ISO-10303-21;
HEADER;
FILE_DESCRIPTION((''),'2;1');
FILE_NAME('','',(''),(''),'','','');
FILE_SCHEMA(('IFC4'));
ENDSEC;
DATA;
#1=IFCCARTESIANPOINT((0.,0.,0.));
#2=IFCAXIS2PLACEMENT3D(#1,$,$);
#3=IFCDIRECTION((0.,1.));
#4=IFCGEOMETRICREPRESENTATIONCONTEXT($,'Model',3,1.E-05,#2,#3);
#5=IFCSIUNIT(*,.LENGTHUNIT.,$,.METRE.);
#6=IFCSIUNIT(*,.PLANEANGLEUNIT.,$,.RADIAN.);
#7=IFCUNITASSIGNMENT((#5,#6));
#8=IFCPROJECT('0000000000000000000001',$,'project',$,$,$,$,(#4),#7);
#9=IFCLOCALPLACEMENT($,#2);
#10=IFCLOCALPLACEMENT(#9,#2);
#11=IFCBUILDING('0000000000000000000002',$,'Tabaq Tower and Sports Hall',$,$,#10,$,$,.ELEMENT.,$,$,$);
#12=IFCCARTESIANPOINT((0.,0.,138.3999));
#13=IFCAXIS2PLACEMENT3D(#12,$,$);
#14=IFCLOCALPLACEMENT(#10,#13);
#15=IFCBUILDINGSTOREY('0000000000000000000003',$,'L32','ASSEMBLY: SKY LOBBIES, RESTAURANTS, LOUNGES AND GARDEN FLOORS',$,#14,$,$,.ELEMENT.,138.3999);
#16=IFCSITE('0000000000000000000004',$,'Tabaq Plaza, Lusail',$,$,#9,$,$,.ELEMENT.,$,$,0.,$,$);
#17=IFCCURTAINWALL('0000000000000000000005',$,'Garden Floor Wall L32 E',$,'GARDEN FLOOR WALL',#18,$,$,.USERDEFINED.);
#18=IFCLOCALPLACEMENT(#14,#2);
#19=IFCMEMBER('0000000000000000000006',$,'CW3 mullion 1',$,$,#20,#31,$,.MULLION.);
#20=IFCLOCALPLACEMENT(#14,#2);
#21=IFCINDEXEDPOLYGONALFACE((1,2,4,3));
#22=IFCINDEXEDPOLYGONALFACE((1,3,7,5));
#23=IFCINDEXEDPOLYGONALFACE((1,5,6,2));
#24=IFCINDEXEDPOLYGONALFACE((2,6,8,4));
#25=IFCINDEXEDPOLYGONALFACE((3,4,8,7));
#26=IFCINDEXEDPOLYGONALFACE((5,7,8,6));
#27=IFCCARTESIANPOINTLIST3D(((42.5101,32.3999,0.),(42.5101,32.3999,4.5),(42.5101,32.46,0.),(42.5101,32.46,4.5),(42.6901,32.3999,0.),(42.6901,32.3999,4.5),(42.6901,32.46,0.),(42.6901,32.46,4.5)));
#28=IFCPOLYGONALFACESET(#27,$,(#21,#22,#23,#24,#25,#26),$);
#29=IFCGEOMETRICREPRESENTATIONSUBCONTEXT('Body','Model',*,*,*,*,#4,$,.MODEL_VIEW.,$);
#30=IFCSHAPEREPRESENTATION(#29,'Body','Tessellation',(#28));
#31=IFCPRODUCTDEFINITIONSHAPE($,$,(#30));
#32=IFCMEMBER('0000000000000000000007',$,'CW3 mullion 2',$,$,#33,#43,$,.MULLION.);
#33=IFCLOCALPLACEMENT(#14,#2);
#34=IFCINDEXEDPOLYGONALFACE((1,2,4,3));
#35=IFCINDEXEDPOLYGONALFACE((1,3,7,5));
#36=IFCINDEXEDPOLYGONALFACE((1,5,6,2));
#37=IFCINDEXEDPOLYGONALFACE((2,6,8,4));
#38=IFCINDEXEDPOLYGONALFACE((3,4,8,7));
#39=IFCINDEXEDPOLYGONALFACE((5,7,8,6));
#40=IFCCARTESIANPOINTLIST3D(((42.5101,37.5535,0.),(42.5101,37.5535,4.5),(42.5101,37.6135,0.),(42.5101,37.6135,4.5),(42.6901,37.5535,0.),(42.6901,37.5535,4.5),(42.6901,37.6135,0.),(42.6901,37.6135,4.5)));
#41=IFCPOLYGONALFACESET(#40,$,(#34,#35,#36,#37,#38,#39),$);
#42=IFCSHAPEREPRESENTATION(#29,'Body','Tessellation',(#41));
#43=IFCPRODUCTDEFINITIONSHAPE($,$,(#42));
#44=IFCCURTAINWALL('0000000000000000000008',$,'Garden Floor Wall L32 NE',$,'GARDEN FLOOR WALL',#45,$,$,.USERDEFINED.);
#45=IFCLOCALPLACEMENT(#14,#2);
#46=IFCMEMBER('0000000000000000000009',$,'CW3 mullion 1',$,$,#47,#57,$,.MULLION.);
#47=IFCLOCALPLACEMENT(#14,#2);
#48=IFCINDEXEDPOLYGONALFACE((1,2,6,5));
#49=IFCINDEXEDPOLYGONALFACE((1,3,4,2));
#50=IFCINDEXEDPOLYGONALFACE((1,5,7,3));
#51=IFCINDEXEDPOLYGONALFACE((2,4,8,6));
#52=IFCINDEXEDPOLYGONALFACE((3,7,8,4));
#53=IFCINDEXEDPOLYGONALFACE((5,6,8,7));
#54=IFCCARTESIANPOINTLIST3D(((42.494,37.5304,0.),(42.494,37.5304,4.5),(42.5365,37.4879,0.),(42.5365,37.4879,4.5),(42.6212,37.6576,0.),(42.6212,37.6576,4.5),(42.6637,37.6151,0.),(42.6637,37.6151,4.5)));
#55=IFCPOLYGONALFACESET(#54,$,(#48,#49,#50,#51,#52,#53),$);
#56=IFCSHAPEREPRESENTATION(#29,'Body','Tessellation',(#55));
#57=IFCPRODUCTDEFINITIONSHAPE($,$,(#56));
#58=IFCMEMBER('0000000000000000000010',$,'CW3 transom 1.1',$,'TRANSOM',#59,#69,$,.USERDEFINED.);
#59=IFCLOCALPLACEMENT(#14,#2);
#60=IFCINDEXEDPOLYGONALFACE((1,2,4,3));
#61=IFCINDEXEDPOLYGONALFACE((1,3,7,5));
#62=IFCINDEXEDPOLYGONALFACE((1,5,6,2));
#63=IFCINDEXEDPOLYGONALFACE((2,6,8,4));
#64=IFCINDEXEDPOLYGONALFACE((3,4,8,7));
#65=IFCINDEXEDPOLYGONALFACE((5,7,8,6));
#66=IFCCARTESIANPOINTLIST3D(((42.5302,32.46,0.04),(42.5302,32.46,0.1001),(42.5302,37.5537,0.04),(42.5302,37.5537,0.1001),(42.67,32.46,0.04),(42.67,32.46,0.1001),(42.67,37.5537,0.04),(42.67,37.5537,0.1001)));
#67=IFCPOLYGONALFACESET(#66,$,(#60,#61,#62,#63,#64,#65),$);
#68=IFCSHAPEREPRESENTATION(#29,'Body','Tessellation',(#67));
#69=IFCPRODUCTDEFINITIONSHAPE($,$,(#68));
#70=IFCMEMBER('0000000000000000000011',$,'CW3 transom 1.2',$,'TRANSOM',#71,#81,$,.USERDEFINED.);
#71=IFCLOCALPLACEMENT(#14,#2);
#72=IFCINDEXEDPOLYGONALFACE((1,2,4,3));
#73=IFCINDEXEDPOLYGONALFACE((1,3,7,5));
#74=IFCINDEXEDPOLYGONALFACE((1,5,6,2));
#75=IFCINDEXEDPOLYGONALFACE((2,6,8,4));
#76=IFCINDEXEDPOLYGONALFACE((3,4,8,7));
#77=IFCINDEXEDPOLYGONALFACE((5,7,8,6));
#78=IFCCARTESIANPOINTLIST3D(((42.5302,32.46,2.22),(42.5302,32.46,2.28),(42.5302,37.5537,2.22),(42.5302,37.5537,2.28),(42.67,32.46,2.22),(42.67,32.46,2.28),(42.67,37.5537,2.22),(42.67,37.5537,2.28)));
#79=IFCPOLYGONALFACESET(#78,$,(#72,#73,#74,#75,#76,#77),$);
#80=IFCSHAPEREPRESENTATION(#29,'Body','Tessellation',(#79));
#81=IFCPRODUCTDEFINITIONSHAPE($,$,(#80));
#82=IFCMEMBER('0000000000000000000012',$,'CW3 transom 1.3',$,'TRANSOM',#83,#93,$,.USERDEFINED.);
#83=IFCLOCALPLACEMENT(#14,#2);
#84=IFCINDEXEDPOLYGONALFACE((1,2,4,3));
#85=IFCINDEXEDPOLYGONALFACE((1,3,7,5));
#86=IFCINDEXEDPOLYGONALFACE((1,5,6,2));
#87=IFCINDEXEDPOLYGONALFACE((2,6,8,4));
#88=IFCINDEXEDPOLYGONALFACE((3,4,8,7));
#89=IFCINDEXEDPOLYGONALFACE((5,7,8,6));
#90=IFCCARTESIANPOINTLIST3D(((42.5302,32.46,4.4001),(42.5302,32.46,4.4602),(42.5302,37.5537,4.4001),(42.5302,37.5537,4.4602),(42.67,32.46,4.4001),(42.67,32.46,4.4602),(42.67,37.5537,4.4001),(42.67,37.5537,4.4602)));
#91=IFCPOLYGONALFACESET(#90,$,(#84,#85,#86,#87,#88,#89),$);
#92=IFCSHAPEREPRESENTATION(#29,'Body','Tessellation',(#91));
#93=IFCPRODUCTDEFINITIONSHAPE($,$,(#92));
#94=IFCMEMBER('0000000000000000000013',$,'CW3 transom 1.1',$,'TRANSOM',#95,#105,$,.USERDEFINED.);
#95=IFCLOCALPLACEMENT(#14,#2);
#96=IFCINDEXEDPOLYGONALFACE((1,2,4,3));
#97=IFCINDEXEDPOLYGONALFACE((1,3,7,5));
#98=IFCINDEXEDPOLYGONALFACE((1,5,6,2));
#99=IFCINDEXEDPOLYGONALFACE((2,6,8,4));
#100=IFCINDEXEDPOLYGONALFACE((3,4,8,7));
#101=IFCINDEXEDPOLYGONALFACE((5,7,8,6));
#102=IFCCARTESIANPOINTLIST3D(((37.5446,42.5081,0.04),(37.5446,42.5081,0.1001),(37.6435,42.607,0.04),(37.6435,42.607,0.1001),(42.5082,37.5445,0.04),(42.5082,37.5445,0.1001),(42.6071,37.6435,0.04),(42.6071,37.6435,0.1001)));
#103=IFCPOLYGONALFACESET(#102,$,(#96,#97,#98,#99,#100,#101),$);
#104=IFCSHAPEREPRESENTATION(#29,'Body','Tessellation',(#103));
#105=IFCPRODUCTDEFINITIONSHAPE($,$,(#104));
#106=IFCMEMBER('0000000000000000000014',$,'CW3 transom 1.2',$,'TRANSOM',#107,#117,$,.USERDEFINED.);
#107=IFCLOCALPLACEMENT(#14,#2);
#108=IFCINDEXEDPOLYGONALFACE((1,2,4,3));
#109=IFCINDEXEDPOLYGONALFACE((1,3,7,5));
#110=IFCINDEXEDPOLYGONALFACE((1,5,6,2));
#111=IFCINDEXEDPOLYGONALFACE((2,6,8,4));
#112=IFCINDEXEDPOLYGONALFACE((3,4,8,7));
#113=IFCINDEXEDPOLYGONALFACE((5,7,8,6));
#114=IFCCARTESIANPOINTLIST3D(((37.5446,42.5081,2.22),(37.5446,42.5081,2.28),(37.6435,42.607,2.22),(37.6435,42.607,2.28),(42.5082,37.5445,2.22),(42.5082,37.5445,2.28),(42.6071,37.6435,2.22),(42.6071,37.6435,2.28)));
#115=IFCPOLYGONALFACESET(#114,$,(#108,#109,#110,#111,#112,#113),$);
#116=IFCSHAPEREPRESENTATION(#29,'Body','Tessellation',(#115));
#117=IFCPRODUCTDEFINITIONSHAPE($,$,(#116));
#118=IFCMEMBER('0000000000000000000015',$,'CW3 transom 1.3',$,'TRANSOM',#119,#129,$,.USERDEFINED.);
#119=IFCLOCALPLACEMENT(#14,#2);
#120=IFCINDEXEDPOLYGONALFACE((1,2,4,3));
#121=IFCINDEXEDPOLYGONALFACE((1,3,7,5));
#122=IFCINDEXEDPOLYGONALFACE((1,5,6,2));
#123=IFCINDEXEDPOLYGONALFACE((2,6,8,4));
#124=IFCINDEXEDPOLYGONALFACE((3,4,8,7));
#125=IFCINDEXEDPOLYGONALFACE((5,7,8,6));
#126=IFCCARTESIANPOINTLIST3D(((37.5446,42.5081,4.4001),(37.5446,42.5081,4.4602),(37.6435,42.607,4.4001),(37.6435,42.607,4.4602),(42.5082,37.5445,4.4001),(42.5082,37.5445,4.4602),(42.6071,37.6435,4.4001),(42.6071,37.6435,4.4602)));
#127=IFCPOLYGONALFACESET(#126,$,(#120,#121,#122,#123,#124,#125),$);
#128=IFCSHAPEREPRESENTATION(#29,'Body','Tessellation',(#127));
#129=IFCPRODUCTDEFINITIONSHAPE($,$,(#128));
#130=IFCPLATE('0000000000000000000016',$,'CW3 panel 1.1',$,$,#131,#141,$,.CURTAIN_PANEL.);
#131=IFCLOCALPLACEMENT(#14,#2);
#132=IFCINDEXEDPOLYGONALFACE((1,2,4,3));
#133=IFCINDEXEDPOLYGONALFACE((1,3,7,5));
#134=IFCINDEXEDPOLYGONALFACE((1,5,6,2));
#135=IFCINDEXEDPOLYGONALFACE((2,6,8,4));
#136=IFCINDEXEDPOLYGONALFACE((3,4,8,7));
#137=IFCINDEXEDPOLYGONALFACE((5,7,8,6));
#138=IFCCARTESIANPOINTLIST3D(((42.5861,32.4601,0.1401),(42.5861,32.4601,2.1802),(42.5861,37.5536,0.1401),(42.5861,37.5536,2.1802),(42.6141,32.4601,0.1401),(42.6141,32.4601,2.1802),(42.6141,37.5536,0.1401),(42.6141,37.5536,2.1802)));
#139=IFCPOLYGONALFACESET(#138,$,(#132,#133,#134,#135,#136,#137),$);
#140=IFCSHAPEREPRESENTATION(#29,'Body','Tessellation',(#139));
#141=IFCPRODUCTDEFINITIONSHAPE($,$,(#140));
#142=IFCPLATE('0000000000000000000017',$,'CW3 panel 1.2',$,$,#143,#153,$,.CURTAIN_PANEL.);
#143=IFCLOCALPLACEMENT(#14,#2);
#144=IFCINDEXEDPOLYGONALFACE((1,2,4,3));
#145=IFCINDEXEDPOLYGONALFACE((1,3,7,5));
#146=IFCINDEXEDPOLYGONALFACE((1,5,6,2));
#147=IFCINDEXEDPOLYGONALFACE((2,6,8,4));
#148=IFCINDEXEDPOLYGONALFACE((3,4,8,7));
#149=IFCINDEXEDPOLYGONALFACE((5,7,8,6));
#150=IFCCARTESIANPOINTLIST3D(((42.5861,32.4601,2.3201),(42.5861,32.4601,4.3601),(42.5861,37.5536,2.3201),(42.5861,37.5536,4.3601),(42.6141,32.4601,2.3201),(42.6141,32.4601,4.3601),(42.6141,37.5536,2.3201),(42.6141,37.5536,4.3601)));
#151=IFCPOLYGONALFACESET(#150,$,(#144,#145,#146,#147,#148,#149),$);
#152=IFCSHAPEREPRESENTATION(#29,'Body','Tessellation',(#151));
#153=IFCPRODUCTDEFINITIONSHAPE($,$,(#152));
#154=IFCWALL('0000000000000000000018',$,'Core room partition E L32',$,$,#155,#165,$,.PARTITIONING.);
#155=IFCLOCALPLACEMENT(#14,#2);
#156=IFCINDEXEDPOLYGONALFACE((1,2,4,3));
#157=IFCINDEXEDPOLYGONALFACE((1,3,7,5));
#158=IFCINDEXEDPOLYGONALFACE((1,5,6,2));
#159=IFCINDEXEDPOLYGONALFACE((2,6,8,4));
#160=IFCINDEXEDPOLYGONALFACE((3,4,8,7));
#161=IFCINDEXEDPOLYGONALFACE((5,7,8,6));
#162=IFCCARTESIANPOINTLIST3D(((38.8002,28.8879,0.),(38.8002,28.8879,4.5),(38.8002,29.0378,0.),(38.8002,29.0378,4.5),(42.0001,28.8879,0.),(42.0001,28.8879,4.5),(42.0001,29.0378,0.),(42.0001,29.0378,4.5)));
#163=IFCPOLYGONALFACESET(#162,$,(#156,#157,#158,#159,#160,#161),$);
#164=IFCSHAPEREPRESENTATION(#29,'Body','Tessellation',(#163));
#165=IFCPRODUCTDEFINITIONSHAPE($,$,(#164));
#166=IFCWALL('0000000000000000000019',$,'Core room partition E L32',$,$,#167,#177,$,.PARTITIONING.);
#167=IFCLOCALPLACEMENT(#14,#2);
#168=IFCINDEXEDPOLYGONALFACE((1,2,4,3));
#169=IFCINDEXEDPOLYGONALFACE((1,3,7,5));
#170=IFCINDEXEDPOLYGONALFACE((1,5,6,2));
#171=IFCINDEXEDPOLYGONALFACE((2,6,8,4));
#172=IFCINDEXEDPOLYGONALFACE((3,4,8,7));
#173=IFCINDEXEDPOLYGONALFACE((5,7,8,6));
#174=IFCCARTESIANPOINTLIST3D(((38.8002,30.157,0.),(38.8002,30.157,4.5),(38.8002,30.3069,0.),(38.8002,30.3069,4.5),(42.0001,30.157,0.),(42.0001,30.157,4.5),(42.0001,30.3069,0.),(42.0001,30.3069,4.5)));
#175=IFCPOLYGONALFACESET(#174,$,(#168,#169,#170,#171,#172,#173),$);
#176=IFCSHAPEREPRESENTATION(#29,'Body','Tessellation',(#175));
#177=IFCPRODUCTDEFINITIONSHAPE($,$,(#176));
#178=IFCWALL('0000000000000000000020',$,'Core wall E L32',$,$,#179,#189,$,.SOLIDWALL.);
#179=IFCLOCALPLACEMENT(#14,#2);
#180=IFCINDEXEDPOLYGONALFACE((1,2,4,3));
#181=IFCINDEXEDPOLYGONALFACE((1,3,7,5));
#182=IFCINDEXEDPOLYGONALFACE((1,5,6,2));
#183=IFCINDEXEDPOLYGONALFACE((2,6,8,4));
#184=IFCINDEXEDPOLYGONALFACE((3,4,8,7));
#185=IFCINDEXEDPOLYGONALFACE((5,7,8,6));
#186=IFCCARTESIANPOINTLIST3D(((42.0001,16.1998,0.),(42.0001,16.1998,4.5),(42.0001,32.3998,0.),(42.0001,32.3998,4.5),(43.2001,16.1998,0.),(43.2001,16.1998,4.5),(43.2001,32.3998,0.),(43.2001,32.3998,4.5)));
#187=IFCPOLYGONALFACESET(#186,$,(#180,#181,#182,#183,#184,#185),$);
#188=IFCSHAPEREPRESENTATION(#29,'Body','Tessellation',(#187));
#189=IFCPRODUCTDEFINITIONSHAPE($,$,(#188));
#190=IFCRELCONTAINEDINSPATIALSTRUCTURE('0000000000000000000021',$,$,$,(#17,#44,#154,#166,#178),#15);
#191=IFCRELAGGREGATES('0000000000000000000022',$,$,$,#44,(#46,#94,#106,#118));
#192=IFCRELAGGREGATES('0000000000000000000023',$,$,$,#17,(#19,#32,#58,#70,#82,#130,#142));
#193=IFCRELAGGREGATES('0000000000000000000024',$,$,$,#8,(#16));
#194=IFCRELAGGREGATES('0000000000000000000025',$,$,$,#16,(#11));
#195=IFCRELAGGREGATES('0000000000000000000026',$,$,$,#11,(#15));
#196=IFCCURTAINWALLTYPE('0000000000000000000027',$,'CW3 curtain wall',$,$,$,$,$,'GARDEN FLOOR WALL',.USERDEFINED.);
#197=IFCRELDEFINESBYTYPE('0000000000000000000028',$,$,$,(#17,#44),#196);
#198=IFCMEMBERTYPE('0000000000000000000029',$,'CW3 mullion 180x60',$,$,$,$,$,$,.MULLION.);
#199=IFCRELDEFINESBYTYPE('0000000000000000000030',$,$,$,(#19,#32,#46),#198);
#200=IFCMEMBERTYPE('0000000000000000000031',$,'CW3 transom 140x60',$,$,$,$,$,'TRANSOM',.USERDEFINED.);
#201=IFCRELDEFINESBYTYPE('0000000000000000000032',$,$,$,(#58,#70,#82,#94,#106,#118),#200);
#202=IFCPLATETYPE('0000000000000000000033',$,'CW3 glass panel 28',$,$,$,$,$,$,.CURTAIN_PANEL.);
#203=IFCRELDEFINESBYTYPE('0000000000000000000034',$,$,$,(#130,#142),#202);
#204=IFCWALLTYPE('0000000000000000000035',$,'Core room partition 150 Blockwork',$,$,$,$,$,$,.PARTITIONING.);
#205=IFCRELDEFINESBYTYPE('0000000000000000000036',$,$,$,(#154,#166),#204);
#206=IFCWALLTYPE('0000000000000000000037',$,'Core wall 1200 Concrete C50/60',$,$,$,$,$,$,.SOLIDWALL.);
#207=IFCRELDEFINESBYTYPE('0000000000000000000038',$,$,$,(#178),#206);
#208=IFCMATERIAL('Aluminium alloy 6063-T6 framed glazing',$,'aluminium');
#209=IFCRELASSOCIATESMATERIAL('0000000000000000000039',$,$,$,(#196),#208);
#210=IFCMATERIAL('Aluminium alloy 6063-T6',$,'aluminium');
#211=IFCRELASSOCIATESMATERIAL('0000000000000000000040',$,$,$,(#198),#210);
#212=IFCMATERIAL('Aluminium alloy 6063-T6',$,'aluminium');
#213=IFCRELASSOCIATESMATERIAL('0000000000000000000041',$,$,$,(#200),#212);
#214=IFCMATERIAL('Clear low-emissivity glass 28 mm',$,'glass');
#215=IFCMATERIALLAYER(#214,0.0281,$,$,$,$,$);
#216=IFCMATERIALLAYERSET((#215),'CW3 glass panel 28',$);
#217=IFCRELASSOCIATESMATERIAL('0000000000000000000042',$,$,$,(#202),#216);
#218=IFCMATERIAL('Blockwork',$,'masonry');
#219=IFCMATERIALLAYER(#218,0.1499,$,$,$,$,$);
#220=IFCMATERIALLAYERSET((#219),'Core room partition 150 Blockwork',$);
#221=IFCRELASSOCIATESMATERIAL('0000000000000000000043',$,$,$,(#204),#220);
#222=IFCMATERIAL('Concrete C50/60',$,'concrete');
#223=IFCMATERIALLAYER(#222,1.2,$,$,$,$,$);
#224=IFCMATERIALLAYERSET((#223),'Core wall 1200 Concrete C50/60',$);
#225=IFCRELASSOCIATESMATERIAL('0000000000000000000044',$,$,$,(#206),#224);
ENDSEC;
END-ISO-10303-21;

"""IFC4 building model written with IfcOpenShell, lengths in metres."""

from ifc_helpers import new_model, si_unit, direction, frame, frame_2d, origin, origin_2d, place, context, subcontext, project, spatial, rectangle, extrude, material, layer, layer_set, material_profile, profile_set, type_object, element, aggregate, save


model = new_model("IFC4")

# Units and contexts
model_context = context("Model", 3, precision=1e-05, world=origin(), true_north=direction((0.0, 1.0)))
body_context = subcontext(model_context, "Body", "Model", "MODEL_VIEW")
ifc_project = project(units=[si_unit("LENGTHUNIT", "METRE"), si_unit("PLANEANGLEUNIT", "RADIAN")], contexts=[model_context])

# Site, building, storey
site_placement = place(None, origin())
site = spatial("IfcSite", under=ifc_project, at=site_placement, Name="Tabaq Plaza, Lusail", CompositionType="ELEMENT", RefElevation=0.0)
building_placement = place(site_placement, origin())
building = spatial("IfcBuilding", under=site, at=building_placement, Name="Tabaq Tower and Sports Hall", CompositionType="ELEMENT")
storey_placement = place(building_placement, frame((0.0, 0.0, 138.3999)))
storey = spatial("IfcBuildingStorey", under=building, at=storey_placement, Name="L32", Description="ASSEMBLY: SKY LOBBIES, RESTAURANTS, LOUNGES AND GARDEN FLOORS", CompositionType="ELEMENT", Elevation=138.3999)

# Curtain wall, members
ifc_material_1 = material(Name="Aluminium alloy 6063-T6 framed glazing", Category="aluminium")
curtain_wall_type = type_object("IfcCurtainWallType", Name="CW3 curtain wall", ElementType="GARDEN FLOOR WALL", PredefinedType="USERDEFINED", material=ifc_material_1)
curtain_wall_1_placement = place(storey_placement, origin())
curtain_wall_1 = element("IfcCurtainWall", 1, at=curtain_wall_1_placement, inside=storey, type_object=curtain_wall_type, Name="Garden Floor Wall L32 E", ObjectType="GARDEN FLOOR WALL", PredefinedType="USERDEFINED")
ifc_material_2 = material(Name="Aluminium alloy 6063-T6", Category="aluminium")
ifc_material_profile_1 = material_profile(ifc_material_2, rectangle(XDim=0.1799, YDim=0.0601, at=origin_2d()), Name="MULLION 180x60")
ifc_profile_set_1 = profile_set([ifc_material_profile_1], Name="Aluminium alloy 6063-T6")
member_type_1 = type_object("IfcMemberType", Name="CW3 mullion 180x60", PredefinedType="MULLION", material=ifc_profile_set_1)
member_1_placement = place(storey_placement, frame((42.6001, 32.4299, 0.0), z_axis=(0.0, 0.0, 1.0), x_axis=(-1.0, 0.0, 0.0)))
member_1 = element("IfcMember", 2, at=member_1_placement, type_object=member_type_1, Name="CW3 mullion 1", PredefinedType="MULLION", context=body_context, shape_type="SweptSolid", body=[
    extrude(rectangle(XDim=0.1799, YDim=0.0601, at=origin_2d()), origin(), (0.0, 0.0, 1.0), 4.5),
])
member_2_placement = place(storey_placement, frame((42.6001, 37.5835, 0.0), z_axis=(0.0, 0.0, 1.0), x_axis=(-1.0, 0.0, 0.0)))
member_2 = element("IfcMember", 3, at=member_2_placement, type_object=member_type_1, Name="CW3 mullion 2", PredefinedType="MULLION", context=body_context, shape_type="SweptSolid", body=[
    extrude(rectangle(XDim=0.1799, YDim=0.0601, at=origin_2d()), origin(), (0.0, 0.0, 1.0), 4.5),
])

# Curtain wall, member
curtain_wall_2_placement = place(storey_placement, origin())
curtain_wall_2 = element("IfcCurtainWall", 4, at=curtain_wall_2_placement, inside=storey, type_object=curtain_wall_type, Name="Garden Floor Wall L32 NE", ObjectType="GARDEN FLOOR WALL", PredefinedType="USERDEFINED")
member_3_placement = place(storey_placement, frame((42.5789, 37.5728, 0.0), z_axis=(0.0, 0.0, 1.0), x_axis=(-0.707107, -0.707107, 0.0)))
member_3 = element("IfcMember", 5, at=member_3_placement, type_object=member_type_1, Name="CW3 mullion 1", PredefinedType="MULLION", context=body_context, shape_type="SweptSolid", body=[
    extrude(rectangle(XDim=0.1799, YDim=0.0601, at=origin_2d()), origin(), (0.0, 0.0, 1.0), 4.5),
])

# Members
ifc_material_3 = material(Name="Aluminium alloy 6063-T6", Category="aluminium")
ifc_material_profile_2 = material_profile(ifc_material_3, rectangle(XDim=0.1399, YDim=0.0601, at=origin_2d()), Name="TRANSOM 140x60")
ifc_profile_set_2 = profile_set([ifc_material_profile_2], Name="Aluminium alloy 6063-T6")
member_type_2 = type_object("IfcMemberType", Name="CW3 transom 140x60", ElementType="TRANSOM", PredefinedType="USERDEFINED", material=ifc_profile_set_2)
member_4_placement = place(storey_placement, frame((42.6001, 32.46, 0.0701), z_axis=(0.0, 1.0, 0.0), x_axis=(-1.0, 0.0, 0.0)))
member_4 = element("IfcMember", 6, at=member_4_placement, type_object=member_type_2, Name="CW3 transom 1.1", ObjectType="TRANSOM", PredefinedType="USERDEFINED", context=body_context, shape_type="SweptSolid", body=[
    extrude(rectangle(XDim=0.1399, YDim=0.0601, at=origin_2d()), origin(), (0.0, 0.0, 1.0), 5.0938),
])
member_5_placement = place(storey_placement, frame((42.6001, 32.46, 2.25), z_axis=(0.0, 1.0, 0.0), x_axis=(-1.0, 0.0, 0.0)))
member_5 = element("IfcMember", 7, at=member_5_placement, type_object=member_type_2, Name="CW3 transom 1.2", ObjectType="TRANSOM", PredefinedType="USERDEFINED", context=body_context, shape_type="SweptSolid", body=[
    extrude(rectangle(XDim=0.1399, YDim=0.0601, at=origin_2d()), origin(), (0.0, 0.0, 1.0), 5.0938),
])
member_6_placement = place(storey_placement, frame((42.6001, 32.46, 4.4302), z_axis=(0.0, 1.0, 0.0), x_axis=(-1.0, 0.0, 0.0)))
member_6 = element("IfcMember", 8, at=member_6_placement, type_object=member_type_2, Name="CW3 transom 1.3", ObjectType="TRANSOM", PredefinedType="USERDEFINED", context=body_context, shape_type="SweptSolid", body=[
    extrude(rectangle(XDim=0.1399, YDim=0.0601, at=origin_2d()), origin(), (0.0, 0.0, 1.0), 5.0938),
])
member_7_placement = place(storey_placement, frame((42.5576, 37.594, 0.0701), z_axis=(-0.707107, 0.707107, 0.0), x_axis=(-0.707107, -0.707107, 0.0)))
member_7 = element("IfcMember", 9, at=member_7_placement, type_object=member_type_2, Name="CW3 transom 1.1", ObjectType="TRANSOM", PredefinedType="USERDEFINED", context=body_context, shape_type="SweptSolid", body=[
    extrude(rectangle(XDim=0.1399, YDim=0.0601, at=origin_2d()), origin(), (0.0, 0.0, 1.0), 7.0195),
])
member_8_placement = place(storey_placement, frame((42.5576, 37.594, 2.25), z_axis=(-0.707107, 0.707107, 0.0), x_axis=(-0.707107, -0.707107, 0.0)))
member_8 = element("IfcMember", 10, at=member_8_placement, type_object=member_type_2, Name="CW3 transom 1.2", ObjectType="TRANSOM", PredefinedType="USERDEFINED", context=body_context, shape_type="SweptSolid", body=[
    extrude(rectangle(XDim=0.1399, YDim=0.0601, at=origin_2d()), origin(), (0.0, 0.0, 1.0), 7.0195),
])
member_9_placement = place(storey_placement, frame((42.5576, 37.594, 4.4302), z_axis=(-0.707107, 0.707107, 0.0), x_axis=(-0.707107, -0.707107, 0.0)))
member_9 = element("IfcMember", 11, at=member_9_placement, type_object=member_type_2, Name="CW3 transom 1.3", ObjectType="TRANSOM", PredefinedType="USERDEFINED", context=body_context, shape_type="SweptSolid", body=[
    extrude(rectangle(XDim=0.1399, YDim=0.0601, at=origin_2d()), origin(), (0.0, 0.0, 1.0), 7.0195),
])
aggregate(curtain_wall_2, [member_3, member_7, member_8, member_9])

# Plates
ifc_material_4 = material(Name="Clear low-emissivity glass 28 mm", Category="glass")
ifc_layer_1 = layer(ifc_material_4, 0.0281)
ifc_layer_set_1 = layer_set([ifc_layer_1], Name="CW3 glass panel 28")
plate_type = type_object("IfcPlateType", Name="CW3 glass panel 28", PredefinedType="CURTAIN_PANEL", material=ifc_layer_set_1)
plate_1_placement = place(storey_placement, frame((42.6001, 35.0068, 0.1401), z_axis=(0.0, 0.0, 1.0), x_axis=(0.0, 1.0, 0.0)))
plate_1 = element("IfcPlate", 12, at=plate_1_placement, type_object=plate_type, Name="CW3 panel 1.1", PredefinedType="CURTAIN_PANEL", context=body_context, shape_type="SweptSolid", body=[
    extrude(rectangle(XDim=5.0935, YDim=0.0281, at=origin_2d()), origin(), (0.0, 0.0, 1.0), 2.04),
])
plate_2_placement = place(storey_placement, frame((42.6001, 35.0068, 2.3201), z_axis=(0.0, 0.0, 1.0), x_axis=(0.0, 1.0, 0.0)))
plate_2 = element("IfcPlate", 13, at=plate_2_placement, type_object=plate_type, Name="CW3 panel 1.2", PredefinedType="CURTAIN_PANEL", context=body_context, shape_type="SweptSolid", body=[
    extrude(rectangle(XDim=5.0935, YDim=0.0281, at=origin_2d()), origin(), (0.0, 0.0, 1.0), 2.04),
])
aggregate(curtain_wall_1, [member_1, member_2, member_4, member_5, member_6, plate_1, plate_2])

# Walls
ifc_material_5 = material(Name="Blockwork", Category="masonry")
ifc_layer_2 = layer(ifc_material_5, 0.1499)
ifc_layer_set_2 = layer_set([ifc_layer_2], Name="Core room partition 150 Blockwork")
wall_type_1 = type_object("IfcWallType", Name="Core room partition 150 Blockwork", PredefinedType="PARTITIONING", material=ifc_layer_set_2)
for number, where, z_axis, x_axis, name in (
    (14, (38.8, 28.9629, 0.0), (0.0, 0.0, 1.0), (1.0, 0.0, 0.0), "Core room partition E L32"),
    (15, (38.8, 30.2319, 0.0), (0.0, 0.0, 1.0), (1.0, 0.0, 0.0), "Core room partition E L32"),
):
    element("IfcWall", number, at=place(storey_placement, frame(where, z_axis=z_axis, x_axis=x_axis)), inside=storey, type_object=wall_type_1, Name=name, PredefinedType="PARTITIONING", context=body_context, shape_type="SweptSolid", body=[
        extrude(rectangle(XDim=3.2, YDim=0.1499, at=frame_2d((1.6001, 0.0))), origin(), (0.0, 0.0, 1.0), 4.5),
    ])
ifc_material_6 = material(Name="Concrete C50/60", Category="concrete")
ifc_layer_3 = layer(ifc_material_6, 1.2)
ifc_layer_set_3 = layer_set([ifc_layer_3], Name="Core wall 1200 Concrete C50/60")
wall_type_2 = type_object("IfcWallType", Name="Core wall 1200 Concrete C50/60", PredefinedType="SOLIDWALL", material=ifc_layer_set_3)
wall_1_placement = place(storey_placement, frame((42.6001, 32.3999, 0.0), z_axis=(0.0, 0.0, 1.0), x_axis=(0.0, -1.0, 0.0)))
element("IfcWall", 16, at=wall_1_placement, inside=storey, type_object=wall_type_2, Name="Core wall E L32", PredefinedType="SOLIDWALL", context=body_context, shape_type="SweptSolid", body=[
    extrude(rectangle(XDim=16.2, YDim=1.2, at=frame_2d((8.1001, 0.0))), origin(), (0.0, 0.0, 1.0), 4.5),
])

save(model, "model.ifc")
